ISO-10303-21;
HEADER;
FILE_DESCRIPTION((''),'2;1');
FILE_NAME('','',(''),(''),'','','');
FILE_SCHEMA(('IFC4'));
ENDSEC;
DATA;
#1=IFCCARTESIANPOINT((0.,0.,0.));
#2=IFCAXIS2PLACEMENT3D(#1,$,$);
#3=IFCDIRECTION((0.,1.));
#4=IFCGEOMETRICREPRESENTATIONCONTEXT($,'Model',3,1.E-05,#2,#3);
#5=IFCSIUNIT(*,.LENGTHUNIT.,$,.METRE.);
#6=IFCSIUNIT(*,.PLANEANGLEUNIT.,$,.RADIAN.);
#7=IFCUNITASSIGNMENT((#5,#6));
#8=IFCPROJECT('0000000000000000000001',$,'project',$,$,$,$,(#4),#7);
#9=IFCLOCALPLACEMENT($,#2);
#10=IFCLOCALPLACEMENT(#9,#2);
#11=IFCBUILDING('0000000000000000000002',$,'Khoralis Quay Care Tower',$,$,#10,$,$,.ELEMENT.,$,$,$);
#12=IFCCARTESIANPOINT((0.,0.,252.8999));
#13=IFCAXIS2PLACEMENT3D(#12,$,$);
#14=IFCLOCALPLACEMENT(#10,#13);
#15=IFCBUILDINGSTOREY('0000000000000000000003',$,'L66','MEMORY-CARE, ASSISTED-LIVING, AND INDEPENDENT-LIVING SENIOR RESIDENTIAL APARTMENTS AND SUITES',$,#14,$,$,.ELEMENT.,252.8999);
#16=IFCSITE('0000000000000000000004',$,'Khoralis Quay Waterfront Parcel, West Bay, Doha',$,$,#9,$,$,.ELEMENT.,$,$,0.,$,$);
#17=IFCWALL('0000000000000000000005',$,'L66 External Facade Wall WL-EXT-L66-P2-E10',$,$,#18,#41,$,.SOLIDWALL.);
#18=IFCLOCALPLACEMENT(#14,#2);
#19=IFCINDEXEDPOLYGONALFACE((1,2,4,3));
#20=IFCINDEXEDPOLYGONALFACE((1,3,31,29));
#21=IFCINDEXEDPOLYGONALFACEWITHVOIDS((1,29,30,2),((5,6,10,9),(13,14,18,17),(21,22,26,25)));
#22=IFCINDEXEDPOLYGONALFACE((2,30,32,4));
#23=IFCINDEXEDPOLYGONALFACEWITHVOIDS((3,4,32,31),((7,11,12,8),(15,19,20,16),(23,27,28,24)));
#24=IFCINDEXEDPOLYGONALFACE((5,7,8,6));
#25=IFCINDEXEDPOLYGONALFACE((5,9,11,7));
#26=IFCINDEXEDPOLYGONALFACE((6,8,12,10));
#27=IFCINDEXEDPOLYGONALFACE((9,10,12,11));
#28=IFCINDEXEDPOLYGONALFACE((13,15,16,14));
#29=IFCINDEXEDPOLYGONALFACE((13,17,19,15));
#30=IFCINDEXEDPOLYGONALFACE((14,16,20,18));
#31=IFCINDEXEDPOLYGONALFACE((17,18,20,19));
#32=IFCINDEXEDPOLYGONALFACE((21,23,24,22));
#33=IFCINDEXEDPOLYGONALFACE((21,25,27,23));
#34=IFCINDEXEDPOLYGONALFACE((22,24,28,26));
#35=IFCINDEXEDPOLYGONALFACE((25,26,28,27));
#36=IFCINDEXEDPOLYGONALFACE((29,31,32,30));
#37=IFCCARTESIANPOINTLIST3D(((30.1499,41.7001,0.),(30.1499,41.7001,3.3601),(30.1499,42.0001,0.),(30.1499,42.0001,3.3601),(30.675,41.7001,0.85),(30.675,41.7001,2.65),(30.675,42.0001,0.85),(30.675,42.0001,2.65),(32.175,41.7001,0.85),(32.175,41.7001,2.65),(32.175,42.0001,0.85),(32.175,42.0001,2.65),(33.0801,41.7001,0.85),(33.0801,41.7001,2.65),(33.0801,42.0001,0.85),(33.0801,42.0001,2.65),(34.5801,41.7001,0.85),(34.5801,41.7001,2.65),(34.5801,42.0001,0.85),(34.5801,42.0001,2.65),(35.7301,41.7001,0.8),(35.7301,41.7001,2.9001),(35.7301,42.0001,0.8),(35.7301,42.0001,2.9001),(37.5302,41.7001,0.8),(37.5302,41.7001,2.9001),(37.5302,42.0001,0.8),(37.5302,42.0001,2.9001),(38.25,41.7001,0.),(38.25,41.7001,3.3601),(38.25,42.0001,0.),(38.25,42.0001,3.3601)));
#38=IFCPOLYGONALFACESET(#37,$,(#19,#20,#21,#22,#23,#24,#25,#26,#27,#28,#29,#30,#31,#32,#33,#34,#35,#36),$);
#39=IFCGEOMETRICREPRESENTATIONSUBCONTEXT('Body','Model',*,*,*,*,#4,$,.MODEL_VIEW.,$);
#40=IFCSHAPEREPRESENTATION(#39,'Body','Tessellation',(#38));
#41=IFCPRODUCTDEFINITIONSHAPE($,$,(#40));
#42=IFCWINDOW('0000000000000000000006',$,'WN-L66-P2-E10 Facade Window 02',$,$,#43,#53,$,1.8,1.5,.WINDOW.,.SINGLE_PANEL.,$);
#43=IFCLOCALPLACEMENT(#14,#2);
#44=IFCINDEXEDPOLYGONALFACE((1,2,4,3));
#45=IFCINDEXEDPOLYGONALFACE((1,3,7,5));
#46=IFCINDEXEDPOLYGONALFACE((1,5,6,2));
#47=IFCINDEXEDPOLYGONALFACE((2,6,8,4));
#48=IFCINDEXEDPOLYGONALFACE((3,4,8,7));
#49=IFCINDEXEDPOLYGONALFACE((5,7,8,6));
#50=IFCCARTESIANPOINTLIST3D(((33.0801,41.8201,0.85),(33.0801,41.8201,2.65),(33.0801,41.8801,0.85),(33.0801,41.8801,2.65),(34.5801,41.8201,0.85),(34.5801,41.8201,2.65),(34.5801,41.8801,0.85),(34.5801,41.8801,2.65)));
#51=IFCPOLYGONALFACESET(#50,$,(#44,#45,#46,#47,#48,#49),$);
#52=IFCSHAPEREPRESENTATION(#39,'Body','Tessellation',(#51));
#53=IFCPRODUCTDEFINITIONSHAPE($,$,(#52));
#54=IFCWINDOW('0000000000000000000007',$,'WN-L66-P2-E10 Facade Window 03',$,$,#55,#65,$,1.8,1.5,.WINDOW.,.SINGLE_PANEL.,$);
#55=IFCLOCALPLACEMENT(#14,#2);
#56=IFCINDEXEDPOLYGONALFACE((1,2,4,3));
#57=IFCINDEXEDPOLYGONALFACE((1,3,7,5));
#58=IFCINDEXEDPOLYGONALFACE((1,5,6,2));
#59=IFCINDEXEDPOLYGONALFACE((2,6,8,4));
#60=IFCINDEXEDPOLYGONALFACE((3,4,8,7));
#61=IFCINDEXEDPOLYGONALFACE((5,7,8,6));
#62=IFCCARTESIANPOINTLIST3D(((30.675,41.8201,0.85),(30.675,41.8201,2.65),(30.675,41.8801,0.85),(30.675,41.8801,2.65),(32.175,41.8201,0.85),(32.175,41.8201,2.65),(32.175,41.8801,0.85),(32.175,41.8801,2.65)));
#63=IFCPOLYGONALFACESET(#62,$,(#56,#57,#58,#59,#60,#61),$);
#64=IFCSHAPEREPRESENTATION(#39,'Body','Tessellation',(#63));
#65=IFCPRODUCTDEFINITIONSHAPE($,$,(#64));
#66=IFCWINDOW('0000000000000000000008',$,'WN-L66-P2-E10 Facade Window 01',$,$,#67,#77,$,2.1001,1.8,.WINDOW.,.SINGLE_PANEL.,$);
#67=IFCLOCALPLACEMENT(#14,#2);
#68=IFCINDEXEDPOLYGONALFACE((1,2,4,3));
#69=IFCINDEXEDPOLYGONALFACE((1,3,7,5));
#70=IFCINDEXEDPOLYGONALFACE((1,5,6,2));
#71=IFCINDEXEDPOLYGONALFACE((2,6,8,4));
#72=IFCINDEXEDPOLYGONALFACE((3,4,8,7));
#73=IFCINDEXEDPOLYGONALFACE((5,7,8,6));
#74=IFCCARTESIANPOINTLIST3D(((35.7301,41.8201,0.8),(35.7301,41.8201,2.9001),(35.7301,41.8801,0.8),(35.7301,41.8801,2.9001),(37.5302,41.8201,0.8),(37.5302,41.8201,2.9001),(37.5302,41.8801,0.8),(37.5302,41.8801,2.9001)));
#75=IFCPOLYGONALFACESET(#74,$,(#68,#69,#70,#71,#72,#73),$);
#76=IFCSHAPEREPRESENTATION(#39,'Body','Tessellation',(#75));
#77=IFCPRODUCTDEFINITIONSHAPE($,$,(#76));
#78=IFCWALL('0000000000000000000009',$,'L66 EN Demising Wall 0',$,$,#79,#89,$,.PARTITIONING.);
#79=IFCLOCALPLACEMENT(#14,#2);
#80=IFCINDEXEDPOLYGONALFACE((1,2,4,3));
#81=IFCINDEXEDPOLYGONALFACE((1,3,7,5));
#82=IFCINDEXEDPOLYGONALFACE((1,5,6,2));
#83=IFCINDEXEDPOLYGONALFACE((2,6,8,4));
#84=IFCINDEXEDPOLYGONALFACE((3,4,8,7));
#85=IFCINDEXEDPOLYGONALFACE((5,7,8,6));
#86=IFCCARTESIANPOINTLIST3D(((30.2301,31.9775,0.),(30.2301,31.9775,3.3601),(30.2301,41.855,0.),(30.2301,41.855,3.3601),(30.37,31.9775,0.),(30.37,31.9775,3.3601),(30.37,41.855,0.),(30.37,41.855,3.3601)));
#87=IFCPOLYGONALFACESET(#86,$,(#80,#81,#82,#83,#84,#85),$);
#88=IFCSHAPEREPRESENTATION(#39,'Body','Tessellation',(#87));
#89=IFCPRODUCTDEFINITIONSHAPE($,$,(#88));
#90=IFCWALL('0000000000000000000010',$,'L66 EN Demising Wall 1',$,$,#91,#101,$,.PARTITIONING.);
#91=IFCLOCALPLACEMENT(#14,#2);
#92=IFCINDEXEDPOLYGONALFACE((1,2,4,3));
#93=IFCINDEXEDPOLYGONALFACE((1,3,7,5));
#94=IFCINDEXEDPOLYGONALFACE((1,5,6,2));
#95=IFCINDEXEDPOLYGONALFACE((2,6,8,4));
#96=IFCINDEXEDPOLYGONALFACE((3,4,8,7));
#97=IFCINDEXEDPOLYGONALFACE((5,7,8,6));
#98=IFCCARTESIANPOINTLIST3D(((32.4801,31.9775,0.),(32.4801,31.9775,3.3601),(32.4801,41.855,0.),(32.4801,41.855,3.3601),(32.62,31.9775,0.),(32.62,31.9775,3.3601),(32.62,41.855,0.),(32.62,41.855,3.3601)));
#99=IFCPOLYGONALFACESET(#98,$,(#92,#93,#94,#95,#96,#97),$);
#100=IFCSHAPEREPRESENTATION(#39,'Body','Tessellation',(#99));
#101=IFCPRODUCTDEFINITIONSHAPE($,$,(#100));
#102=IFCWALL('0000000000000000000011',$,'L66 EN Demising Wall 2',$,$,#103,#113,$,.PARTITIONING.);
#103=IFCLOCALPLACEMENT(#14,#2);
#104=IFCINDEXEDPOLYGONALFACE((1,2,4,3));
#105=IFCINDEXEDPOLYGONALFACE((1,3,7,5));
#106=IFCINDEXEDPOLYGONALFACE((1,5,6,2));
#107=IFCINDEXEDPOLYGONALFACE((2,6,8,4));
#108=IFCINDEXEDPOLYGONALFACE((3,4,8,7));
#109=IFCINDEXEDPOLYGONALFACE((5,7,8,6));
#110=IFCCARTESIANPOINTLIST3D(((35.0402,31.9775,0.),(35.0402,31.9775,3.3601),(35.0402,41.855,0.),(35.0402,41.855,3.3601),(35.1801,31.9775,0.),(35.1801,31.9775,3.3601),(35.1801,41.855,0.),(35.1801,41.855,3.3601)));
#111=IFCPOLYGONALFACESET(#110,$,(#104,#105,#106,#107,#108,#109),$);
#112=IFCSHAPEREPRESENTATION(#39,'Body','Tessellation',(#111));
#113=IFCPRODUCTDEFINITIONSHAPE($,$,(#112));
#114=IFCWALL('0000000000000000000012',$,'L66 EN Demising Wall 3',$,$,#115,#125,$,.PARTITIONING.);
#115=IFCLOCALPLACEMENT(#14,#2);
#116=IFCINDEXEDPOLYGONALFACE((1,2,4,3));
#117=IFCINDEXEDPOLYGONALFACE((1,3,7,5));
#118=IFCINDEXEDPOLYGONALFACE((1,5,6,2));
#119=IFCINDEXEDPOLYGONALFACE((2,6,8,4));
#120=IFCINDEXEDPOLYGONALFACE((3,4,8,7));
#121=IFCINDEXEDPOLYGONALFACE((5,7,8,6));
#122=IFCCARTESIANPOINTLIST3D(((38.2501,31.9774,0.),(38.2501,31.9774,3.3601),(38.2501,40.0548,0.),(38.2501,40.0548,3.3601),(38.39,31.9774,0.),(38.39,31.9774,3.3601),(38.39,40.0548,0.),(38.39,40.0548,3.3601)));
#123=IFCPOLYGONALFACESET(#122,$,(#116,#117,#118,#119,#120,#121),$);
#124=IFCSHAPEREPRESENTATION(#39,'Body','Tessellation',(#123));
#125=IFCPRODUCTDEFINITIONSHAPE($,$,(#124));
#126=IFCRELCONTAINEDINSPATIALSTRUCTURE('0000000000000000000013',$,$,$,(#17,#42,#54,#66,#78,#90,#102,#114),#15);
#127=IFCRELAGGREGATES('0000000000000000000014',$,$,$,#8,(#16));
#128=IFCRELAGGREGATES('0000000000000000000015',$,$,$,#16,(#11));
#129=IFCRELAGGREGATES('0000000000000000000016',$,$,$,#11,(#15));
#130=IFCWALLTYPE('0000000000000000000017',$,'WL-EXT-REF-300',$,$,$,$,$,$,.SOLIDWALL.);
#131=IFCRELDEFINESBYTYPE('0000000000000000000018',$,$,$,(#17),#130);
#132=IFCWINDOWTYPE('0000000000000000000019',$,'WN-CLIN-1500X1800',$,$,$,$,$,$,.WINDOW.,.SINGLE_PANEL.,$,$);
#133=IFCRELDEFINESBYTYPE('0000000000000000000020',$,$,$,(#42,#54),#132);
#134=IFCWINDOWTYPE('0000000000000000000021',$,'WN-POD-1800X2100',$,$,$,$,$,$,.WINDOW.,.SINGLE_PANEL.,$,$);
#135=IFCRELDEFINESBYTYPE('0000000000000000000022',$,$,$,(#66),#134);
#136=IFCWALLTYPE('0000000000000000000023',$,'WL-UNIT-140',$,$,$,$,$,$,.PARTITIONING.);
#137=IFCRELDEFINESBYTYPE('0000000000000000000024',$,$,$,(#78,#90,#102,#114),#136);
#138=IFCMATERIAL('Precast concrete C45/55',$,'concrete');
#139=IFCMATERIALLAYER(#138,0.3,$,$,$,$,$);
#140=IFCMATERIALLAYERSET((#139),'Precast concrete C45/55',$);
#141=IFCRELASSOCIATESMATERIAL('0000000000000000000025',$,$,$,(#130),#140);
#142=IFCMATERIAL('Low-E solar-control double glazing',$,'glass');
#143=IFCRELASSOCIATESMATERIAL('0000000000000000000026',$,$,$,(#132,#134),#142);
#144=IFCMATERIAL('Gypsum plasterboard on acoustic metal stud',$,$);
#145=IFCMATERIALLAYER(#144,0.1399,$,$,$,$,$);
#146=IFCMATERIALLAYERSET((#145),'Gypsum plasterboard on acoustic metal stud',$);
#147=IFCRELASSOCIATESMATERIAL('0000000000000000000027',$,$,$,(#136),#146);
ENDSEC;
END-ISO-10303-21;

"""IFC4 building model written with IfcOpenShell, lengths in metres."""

from ifc_helpers import new_model, si_unit, direction, frame, frame_2d, origin, place, context, subcontext, project, spatial, rectangle, extrude, source, transform, mapped, material, layer, layer_set, type_object, element, fill, save


model = new_model("IFC4")

# Units and contexts
model_context = context("Model", 3, precision=1e-05, world=origin(), true_north=direction((0.0, 1.0)))
body_context = subcontext(model_context, "Body", "Model", "MODEL_VIEW")
ifc_project = project(units=[si_unit("LENGTHUNIT", "METRE"), si_unit("PLANEANGLEUNIT", "RADIAN")], contexts=[model_context])

# Site, building, storey
site_placement = place(None, origin())
site = spatial("IfcSite", under=ifc_project, at=site_placement, Name="Khoralis Quay Waterfront Parcel, West Bay, Doha", CompositionType="ELEMENT", RefElevation=0.0)
building_placement = place(site_placement, origin())
building = spatial("IfcBuilding", under=site, at=building_placement, Name="Khoralis Quay Care Tower", CompositionType="ELEMENT")
storey_placement = place(building_placement, frame((0.0, 0.0, 252.8999)))
storey = spatial("IfcBuildingStorey", under=building, at=storey_placement, Name="L66", Description="MEMORY-CARE, ASSISTED-LIVING, AND INDEPENDENT-LIVING SENIOR RESIDENTIAL APARTMENTS AND SUITES", CompositionType="ELEMENT", Elevation=252.8999)

# Shared definitions
ifc_material_1 = material(Name="Gypsum plasterboard on acoustic metal stud")

# Shared definitions
ifc_material_2 = material(Name="Precast concrete C45/55", Category="concrete")
ifc_layer_1 = layer(ifc_material_2, 0.3)
ifc_layer_set_1 = layer_set([ifc_layer_1], Name="Precast concrete C45/55")
wall_type_1 = type_object("IfcWallType", Name="WL-EXT-REF-300", PredefinedType="SOLIDWALL", material=ifc_layer_set_1)

# Wall, openings, windows
wall_1_placement = place(storey_placement, frame((38.25, 41.8501, 0.0), z_axis=(0.0, 0.0, 1.0), x_axis=(-1.0, 0.0, 0.0)))
wall_1 = element("IfcWall", 1, at=wall_1_placement, inside=storey, type_object=wall_type_1, Name="L66 External Facade Wall WL-EXT-L66-P2-E10", PredefinedType="SOLIDWALL", context=body_context, shape_type="SweptSolid", body=[
    extrude(rectangle(XDim=8.1001, YDim=0.3, at=frame_2d((4.05, 0.0))), origin(), (0.0, 0.0, 1.0), 3.3601),
])
opening_1_placement = place(wall_1_placement, frame((0.72, 0.0, 0.8)))
opening_1 = element("IfcOpeningElement", 2, at=opening_1_placement, cuts=wall_1, PredefinedType="OPENING", context=body_context, shape_type="SweptSolid", body=[
    extrude(rectangle(XDim=1.8, YDim=2.1001, at=frame_2d((0.8999, 1.05))), frame((0.0, 0.1602, 0.0), z_axis=(0.0, -1.0, 0.0), x_axis=(1.0, 0.0, 0.0)), (0.0, 0.0, 1.0), 0.3201),
])
opening_2_placement = place(wall_1_placement, frame((3.6699, 0.0, 0.8501)))
opening_2 = element("IfcOpeningElement", 3, at=opening_2_placement, cuts=wall_1, PredefinedType="OPENING", context=body_context, shape_type="SweptSolid", body=[
    extrude(rectangle(XDim=1.5, YDim=1.8, at=frame_2d((0.75, 0.8999))), frame((0.0, 0.1602, 0.0), z_axis=(0.0, -1.0, 0.0), x_axis=(1.0, 0.0, 0.0)), (0.0, 0.0, 1.0), 0.3201),
])
opening_3_placement = place(wall_1_placement, frame((6.075, 0.0, 0.8501)))
opening_3 = element("IfcOpeningElement", 4, at=opening_3_placement, cuts=wall_1, PredefinedType="OPENING", context=body_context, shape_type="SweptSolid", body=[
    extrude(rectangle(XDim=1.5, YDim=1.8, at=frame_2d((0.75, 0.8999))), frame((0.0, 0.1602, 0.0), z_axis=(0.0, -1.0, 0.0), x_axis=(1.0, 0.0, 0.0)), (0.0, 0.0, 1.0), 0.3201),
])
ifc_material_3 = material(Name="Low-E solar-control double glazing", Category="glass")
window_type_1 = type_object("IfcWindowType", Name="WN-CLIN-1500X1800", PartitioningType="SINGLE_PANEL", PredefinedType="WINDOW", material=ifc_material_3)
shared_shape_1 = source(origin(), body_context, "Body", "SweptSolid", [
    extrude(rectangle(XDim=1.5, YDim=1.8, at=frame_2d((0.75, 0.8999))), frame((0.0, 0.03, 0.0), z_axis=(0.0, -1.0, 0.0), x_axis=(1.0, 0.0, 0.0)), (0.0, 0.0, 1.0), 0.0601),
])
window_1_placement = place(opening_2_placement, origin())
window_1 = element("IfcWindow", 5, at=window_1_placement, inside=storey, type_object=window_type_1, Name="WN-L66-P2-E10 Facade Window 02", OverallHeight=1.8, OverallWidth=1.5, PartitioningType="SINGLE_PANEL", PredefinedType="WINDOW", context=body_context, shape_type="MappedRepresentation", body=[
    mapped(shared_shape_1, transform((0.0, 0.0, 0.0), scale=1.0)),
])
fill(opening_2, window_1)
window_2_placement = place(opening_3_placement, origin())
window_2 = element("IfcWindow", 6, at=window_2_placement, inside=storey, type_object=window_type_1, Name="WN-L66-P2-E10 Facade Window 03", OverallHeight=1.8, OverallWidth=1.5, PartitioningType="SINGLE_PANEL", PredefinedType="WINDOW", context=body_context, shape_type="MappedRepresentation", body=[
    mapped(shared_shape_1, transform((0.0, 0.0, 0.0), scale=1.0)),
])
fill(opening_3, window_2)
window_type_2 = type_object("IfcWindowType", Name="WN-POD-1800X2100", PartitioningType="SINGLE_PANEL", PredefinedType="WINDOW", material=ifc_material_3)
shared_shape_2 = source(origin(), body_context, "Body", "SweptSolid", [
    extrude(rectangle(XDim=1.8, YDim=2.1001, at=frame_2d((0.8999, 1.05))), frame((0.0, 0.03, 0.0), z_axis=(0.0, -1.0, 0.0), x_axis=(1.0, 0.0, 0.0)), (0.0, 0.0, 1.0), 0.0601),
])
window_3_placement = place(opening_1_placement, origin())
window_3 = element("IfcWindow", 7, at=window_3_placement, inside=storey, type_object=window_type_2, Name="WN-L66-P2-E10 Facade Window 01", OverallHeight=2.1001, OverallWidth=1.8, PartitioningType="SINGLE_PANEL", PredefinedType="WINDOW", context=body_context, shape_type="MappedRepresentation", body=[
    mapped(shared_shape_2, transform((0.0, 0.0, 0.0), scale=1.0)),
])
fill(opening_1, window_3)

# Walls
ifc_layer_2 = layer(ifc_material_1, 0.1399)
ifc_layer_set_2 = layer_set([ifc_layer_2], Name="Gypsum plasterboard on acoustic metal stud")
wall_type_2 = type_object("IfcWallType", Name="WL-UNIT-140", PredefinedType="PARTITIONING", material=ifc_layer_set_2)
for number, where, z_axis, x_axis, name in (
    (8, (30.3, 31.9775, 0.0), (0.0, 0.0, 1.0), (0.0, 1.0, 0.0), "L66 EN Demising Wall 0"),
    (9, (32.55, 31.9775, 0.0), (0.0, 0.0, 1.0), (0.0, 1.0, 0.0), "L66 EN Demising Wall 1"),
    (10, (35.1101, 31.9775, 0.0), (0.0, 0.0, 1.0), (0.0, 1.0, 0.0), "L66 EN Demising Wall 2"),
):
    element("IfcWall", number, at=place(storey_placement, frame(where, z_axis=z_axis, x_axis=x_axis)), inside=storey, type_object=wall_type_2, Name=name, PredefinedType="PARTITIONING", context=body_context, shape_type="SweptSolid", body=[
        extrude(rectangle(XDim=9.8774, YDim=0.1399, at=frame_2d((4.9387, 0.0))), origin(), (0.0, 0.0, 1.0), 3.3601),
    ])
wall_2_placement = place(storey_placement, frame((38.3201, 31.9775, 0.0), z_axis=(0.0, 0.0, 1.0), x_axis=(0.0, 1.0, 0.0)))
element("IfcWall", 11, at=wall_2_placement, inside=storey, type_object=wall_type_2, Name="L66 EN Demising Wall 3", PredefinedType="PARTITIONING", context=body_context, shape_type="SweptSolid", body=[
    extrude(rectangle(XDim=8.0774, YDim=0.1399, at=frame_2d((4.0386, 0.0))), origin(), (0.0, 0.0, 1.0), 3.3601),
])

save(model, "model.ifc")
